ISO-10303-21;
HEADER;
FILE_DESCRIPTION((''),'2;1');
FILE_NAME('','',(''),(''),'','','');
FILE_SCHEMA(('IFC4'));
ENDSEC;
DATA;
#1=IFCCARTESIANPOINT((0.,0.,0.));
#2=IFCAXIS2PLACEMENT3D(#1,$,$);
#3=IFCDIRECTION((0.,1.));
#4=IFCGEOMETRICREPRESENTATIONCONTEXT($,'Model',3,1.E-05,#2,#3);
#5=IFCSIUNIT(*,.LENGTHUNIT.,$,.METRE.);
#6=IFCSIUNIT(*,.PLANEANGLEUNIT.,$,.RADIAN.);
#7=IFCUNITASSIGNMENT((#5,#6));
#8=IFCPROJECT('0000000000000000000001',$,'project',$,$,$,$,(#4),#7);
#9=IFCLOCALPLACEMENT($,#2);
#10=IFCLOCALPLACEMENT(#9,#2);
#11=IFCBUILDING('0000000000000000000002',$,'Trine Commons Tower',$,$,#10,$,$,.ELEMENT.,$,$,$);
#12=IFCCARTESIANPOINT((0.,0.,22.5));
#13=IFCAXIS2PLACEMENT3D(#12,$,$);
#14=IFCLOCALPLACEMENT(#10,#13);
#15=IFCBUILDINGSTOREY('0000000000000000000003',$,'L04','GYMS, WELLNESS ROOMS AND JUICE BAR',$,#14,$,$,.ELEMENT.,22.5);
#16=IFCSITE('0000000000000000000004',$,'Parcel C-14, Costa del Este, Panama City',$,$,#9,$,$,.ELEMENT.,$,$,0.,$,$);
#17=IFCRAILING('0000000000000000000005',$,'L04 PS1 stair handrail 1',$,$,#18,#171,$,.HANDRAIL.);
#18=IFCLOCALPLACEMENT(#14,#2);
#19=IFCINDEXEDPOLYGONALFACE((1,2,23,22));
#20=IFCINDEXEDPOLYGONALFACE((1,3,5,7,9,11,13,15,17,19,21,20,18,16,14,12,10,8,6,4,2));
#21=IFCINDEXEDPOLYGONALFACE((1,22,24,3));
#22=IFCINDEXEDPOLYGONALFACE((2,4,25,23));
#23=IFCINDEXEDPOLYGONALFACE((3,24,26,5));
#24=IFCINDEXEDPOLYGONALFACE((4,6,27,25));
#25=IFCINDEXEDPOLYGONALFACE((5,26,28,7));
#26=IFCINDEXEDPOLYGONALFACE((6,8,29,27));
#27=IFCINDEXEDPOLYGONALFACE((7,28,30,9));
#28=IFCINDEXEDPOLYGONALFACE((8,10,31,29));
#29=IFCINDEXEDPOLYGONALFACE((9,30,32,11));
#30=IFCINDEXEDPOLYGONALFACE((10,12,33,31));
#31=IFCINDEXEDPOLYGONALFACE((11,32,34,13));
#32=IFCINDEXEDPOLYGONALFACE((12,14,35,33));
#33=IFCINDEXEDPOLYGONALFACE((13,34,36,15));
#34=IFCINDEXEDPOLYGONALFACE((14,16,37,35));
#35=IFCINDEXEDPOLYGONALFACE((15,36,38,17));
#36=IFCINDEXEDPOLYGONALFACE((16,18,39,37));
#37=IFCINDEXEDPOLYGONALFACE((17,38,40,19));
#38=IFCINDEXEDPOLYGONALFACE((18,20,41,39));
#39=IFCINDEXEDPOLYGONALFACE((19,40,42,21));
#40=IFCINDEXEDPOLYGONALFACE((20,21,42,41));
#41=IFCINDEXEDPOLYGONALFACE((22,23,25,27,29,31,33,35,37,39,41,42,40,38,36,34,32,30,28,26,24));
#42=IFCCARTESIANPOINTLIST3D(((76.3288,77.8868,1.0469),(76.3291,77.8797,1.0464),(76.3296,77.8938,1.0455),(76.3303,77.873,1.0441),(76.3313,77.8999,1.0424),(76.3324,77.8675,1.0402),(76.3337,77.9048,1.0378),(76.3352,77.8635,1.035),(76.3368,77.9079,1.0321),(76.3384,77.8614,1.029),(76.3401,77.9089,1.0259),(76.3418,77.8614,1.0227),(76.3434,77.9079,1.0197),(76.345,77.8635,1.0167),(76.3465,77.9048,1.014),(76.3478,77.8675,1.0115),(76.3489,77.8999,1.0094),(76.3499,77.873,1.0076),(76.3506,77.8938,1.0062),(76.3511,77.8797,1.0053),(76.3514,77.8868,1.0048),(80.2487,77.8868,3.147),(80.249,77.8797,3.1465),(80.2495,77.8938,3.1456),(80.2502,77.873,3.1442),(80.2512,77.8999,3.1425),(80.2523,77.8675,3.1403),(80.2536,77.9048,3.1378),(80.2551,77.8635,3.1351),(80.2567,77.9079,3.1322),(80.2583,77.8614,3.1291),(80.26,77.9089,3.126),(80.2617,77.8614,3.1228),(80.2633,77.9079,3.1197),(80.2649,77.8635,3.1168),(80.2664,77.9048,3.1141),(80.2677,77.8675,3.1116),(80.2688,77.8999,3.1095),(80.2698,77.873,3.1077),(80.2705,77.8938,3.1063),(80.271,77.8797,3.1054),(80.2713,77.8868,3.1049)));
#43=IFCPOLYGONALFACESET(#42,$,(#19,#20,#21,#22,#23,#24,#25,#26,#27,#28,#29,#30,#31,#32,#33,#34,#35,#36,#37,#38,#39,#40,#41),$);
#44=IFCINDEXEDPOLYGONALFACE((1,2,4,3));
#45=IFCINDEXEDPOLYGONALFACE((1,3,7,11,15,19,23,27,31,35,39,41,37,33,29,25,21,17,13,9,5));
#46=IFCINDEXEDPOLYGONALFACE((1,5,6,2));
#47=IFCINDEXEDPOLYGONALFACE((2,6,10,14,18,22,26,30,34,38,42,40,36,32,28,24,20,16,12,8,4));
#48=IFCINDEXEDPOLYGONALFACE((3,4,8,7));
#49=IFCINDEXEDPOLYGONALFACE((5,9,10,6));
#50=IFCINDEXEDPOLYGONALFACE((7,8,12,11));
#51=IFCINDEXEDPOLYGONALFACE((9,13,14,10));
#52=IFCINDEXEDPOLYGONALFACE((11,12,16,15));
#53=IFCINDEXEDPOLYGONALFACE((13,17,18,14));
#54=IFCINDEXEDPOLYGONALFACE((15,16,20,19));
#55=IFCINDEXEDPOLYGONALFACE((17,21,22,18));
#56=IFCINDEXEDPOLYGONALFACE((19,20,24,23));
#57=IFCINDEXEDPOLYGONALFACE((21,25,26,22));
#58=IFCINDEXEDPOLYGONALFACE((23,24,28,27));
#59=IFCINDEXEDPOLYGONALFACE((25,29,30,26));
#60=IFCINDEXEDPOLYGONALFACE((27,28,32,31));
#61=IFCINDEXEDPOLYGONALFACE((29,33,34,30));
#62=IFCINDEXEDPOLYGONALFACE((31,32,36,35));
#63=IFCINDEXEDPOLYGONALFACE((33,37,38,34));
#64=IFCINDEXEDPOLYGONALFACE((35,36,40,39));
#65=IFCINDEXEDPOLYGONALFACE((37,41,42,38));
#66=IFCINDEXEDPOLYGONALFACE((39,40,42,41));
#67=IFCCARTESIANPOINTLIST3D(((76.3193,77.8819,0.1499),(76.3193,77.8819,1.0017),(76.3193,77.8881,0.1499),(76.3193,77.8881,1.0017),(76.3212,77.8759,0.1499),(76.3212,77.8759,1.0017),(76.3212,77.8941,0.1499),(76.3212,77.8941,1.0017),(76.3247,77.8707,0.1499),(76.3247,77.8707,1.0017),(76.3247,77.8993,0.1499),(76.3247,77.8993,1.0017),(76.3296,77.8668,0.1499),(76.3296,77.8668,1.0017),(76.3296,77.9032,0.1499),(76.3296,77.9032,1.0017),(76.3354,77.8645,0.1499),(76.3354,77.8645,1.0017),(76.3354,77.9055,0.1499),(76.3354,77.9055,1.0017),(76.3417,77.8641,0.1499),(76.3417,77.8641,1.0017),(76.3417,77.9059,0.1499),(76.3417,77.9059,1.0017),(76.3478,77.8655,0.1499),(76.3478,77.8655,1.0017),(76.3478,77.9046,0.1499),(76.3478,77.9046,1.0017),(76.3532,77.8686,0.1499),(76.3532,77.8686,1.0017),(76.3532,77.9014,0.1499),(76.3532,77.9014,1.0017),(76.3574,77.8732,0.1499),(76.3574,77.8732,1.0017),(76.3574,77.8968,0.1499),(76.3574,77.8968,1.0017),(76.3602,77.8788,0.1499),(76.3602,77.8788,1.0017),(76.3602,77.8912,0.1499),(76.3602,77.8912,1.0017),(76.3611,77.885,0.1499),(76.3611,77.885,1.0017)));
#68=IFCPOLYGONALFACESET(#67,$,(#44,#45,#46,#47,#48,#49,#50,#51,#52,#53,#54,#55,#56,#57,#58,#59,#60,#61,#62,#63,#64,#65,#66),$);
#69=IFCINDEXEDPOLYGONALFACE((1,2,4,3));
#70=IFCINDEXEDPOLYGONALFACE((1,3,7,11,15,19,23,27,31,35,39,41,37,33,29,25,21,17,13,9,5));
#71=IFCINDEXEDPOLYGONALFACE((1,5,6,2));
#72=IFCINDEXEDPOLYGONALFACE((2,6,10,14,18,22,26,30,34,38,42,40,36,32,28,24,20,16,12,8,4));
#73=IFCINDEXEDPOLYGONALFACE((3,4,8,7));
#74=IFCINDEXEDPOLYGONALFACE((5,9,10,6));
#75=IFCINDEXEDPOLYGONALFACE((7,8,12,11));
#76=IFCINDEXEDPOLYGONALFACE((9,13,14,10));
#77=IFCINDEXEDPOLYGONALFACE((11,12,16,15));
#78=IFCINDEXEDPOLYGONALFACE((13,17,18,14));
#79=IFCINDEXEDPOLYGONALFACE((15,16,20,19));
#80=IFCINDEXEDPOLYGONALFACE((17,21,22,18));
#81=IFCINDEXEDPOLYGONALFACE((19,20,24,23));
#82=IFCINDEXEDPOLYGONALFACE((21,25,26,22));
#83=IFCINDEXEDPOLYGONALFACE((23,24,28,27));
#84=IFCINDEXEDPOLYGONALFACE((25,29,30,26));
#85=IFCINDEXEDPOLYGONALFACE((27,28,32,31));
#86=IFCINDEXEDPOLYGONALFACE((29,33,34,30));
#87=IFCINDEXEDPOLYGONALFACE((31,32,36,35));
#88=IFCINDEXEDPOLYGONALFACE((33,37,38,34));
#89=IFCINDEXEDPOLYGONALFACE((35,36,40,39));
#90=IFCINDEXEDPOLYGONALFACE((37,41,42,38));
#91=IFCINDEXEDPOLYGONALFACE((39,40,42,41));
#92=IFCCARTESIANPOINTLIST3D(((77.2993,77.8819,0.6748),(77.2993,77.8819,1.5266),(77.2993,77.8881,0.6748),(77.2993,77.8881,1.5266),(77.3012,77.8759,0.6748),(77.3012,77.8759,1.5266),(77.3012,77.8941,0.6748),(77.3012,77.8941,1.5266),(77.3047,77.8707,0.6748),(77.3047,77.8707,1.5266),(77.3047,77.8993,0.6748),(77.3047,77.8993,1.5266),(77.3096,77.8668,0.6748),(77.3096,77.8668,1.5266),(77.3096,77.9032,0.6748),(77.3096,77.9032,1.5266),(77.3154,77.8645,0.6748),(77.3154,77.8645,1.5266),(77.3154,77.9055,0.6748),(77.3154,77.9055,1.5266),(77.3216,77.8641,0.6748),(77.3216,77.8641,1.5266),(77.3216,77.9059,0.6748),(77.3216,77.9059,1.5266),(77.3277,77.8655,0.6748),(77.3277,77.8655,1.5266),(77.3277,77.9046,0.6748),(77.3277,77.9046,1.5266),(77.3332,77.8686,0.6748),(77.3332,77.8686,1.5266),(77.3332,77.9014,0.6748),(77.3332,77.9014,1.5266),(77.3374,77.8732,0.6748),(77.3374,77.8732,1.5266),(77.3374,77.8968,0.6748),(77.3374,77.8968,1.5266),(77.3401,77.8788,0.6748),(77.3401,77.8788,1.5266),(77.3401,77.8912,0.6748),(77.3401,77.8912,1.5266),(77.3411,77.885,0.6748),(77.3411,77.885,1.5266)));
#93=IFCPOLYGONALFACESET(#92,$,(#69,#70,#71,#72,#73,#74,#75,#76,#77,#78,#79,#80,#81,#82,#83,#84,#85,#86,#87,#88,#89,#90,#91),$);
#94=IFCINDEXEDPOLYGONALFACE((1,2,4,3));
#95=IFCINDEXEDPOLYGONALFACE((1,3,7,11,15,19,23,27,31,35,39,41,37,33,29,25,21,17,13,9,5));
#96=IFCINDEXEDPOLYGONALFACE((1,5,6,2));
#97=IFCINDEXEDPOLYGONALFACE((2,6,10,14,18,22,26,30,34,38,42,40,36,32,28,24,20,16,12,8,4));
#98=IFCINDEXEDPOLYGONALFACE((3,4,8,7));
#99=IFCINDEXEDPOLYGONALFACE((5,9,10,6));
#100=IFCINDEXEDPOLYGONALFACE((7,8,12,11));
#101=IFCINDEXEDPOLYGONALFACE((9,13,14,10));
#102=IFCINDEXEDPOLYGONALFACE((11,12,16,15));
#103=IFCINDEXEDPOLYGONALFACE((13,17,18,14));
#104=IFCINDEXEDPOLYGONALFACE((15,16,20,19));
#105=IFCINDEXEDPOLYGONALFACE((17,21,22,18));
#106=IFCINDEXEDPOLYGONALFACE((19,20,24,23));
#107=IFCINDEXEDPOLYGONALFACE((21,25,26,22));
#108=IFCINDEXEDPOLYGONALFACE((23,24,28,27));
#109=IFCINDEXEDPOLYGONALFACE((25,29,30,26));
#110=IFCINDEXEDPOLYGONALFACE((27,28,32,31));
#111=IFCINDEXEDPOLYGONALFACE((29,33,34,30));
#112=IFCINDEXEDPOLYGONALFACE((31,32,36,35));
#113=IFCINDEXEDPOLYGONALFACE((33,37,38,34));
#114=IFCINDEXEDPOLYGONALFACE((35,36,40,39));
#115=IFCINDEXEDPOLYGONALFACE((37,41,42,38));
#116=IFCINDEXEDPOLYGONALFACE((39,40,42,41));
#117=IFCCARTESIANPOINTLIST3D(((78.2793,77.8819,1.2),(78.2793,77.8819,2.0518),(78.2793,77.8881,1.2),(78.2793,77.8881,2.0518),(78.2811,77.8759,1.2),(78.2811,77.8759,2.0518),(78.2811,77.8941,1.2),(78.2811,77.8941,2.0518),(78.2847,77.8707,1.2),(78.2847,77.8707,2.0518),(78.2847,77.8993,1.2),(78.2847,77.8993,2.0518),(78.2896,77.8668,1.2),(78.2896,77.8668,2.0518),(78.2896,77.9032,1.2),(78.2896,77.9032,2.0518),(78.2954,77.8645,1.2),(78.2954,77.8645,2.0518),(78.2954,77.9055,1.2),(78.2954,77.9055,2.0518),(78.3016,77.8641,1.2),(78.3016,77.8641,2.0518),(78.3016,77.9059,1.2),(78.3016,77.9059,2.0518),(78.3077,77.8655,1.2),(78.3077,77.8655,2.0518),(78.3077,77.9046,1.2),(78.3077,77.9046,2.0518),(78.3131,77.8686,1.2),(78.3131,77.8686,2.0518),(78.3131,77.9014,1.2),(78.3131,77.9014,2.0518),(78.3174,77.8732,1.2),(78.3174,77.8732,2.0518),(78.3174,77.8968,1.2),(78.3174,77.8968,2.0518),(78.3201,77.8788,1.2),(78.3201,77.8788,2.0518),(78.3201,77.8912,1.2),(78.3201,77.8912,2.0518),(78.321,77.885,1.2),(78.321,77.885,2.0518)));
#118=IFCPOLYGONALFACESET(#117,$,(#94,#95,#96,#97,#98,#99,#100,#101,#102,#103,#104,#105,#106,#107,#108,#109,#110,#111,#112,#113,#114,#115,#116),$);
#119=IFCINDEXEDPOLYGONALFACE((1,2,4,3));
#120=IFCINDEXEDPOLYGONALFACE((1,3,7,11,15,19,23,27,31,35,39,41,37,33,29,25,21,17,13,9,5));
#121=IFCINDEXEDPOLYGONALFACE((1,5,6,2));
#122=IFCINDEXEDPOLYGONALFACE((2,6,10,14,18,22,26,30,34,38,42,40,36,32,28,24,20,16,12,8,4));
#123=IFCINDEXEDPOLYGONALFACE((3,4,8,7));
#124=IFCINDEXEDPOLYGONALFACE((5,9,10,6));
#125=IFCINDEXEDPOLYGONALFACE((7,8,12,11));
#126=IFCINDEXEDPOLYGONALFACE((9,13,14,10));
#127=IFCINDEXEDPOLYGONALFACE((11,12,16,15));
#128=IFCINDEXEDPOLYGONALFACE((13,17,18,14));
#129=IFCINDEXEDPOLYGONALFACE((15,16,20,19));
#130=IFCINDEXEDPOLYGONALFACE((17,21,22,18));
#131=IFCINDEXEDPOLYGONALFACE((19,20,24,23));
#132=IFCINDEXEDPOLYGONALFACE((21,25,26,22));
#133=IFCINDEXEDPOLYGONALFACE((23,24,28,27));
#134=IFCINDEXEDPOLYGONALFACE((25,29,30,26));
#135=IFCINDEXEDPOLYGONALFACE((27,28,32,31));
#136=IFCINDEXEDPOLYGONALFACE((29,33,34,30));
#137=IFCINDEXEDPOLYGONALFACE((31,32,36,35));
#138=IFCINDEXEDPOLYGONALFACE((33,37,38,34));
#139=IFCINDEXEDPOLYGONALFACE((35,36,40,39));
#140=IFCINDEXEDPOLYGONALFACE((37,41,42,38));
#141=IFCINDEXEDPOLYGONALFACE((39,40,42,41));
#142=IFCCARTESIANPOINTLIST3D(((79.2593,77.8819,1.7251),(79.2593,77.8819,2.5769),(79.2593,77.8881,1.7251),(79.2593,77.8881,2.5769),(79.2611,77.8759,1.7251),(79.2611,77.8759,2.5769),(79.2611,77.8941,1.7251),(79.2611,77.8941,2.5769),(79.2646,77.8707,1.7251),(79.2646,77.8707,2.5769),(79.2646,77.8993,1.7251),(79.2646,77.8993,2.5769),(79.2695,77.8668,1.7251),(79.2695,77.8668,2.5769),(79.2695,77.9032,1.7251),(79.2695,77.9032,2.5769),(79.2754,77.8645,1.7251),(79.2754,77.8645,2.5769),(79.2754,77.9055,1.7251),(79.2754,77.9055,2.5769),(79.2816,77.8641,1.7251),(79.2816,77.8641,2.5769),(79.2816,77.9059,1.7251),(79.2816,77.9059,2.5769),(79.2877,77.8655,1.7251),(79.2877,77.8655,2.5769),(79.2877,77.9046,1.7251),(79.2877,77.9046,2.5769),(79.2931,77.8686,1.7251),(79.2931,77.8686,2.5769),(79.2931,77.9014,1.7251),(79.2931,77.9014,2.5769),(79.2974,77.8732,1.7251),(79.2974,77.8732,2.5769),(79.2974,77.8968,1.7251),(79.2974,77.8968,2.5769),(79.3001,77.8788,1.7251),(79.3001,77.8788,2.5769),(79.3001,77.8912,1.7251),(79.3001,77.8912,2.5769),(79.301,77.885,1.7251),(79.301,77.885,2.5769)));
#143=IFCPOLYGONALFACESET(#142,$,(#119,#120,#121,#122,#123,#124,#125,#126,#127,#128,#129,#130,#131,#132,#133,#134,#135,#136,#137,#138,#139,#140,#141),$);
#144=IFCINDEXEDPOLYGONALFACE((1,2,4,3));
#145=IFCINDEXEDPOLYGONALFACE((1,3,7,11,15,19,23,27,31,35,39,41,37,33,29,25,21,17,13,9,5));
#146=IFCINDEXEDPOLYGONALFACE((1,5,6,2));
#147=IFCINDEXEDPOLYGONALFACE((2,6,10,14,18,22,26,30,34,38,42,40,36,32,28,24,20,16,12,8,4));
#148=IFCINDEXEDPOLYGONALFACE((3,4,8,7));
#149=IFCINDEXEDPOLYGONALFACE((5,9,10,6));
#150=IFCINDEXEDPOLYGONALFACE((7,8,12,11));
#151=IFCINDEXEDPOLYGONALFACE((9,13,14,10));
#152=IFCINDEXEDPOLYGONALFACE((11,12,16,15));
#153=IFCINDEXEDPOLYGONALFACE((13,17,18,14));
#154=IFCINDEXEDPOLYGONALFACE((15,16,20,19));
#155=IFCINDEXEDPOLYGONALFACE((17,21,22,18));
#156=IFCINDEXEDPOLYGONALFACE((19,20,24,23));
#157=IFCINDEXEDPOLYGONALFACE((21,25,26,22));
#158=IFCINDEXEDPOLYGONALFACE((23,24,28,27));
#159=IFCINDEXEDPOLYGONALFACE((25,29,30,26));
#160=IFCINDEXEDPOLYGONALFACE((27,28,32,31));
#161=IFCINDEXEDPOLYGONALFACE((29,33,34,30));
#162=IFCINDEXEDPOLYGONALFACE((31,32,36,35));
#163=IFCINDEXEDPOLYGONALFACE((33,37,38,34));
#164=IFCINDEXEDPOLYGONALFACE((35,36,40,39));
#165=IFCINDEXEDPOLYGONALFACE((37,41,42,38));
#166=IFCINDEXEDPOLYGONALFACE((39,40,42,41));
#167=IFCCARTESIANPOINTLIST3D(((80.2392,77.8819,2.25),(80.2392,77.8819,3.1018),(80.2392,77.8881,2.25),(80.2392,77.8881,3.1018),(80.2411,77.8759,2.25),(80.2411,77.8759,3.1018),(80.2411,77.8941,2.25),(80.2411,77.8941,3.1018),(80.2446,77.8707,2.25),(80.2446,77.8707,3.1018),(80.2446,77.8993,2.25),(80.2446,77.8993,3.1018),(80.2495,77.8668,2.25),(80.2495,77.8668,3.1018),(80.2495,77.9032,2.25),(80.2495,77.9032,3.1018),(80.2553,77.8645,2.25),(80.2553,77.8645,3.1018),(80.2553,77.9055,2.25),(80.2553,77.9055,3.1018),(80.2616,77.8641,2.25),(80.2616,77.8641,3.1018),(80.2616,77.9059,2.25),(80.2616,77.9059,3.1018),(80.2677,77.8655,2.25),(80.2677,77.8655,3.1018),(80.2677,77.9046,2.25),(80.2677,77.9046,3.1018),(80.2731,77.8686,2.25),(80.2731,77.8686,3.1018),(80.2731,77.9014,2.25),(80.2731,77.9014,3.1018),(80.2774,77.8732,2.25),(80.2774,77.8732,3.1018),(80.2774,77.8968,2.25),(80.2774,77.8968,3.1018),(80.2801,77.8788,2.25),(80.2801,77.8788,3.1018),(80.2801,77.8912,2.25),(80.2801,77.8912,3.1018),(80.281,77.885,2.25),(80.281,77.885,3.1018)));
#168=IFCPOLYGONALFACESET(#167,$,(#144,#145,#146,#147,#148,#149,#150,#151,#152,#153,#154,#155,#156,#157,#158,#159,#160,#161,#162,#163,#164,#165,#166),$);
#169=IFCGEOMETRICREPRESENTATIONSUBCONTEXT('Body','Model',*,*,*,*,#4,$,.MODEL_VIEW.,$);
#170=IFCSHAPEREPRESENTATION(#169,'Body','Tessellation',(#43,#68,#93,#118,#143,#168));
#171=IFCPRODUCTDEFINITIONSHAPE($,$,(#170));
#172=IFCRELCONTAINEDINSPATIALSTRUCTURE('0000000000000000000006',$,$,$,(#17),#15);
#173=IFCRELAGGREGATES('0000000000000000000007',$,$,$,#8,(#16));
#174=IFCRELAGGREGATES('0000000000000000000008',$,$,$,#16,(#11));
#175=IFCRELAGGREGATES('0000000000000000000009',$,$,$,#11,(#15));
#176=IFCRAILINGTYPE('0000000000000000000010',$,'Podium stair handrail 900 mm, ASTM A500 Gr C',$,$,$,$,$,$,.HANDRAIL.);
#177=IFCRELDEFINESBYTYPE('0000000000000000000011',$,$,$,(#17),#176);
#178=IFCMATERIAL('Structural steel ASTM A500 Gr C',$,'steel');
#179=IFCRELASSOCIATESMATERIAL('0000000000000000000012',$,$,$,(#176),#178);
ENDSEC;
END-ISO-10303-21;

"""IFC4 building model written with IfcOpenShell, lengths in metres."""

from ifc_helpers import new_model, si_unit, direction, frame, origin, origin_2d, place, context, subcontext, project, spatial, circle, extrude, material, type_object, element, save


model = new_model("IFC4")

# Units and contexts
model_context = context("Model", 3, precision=1e-05, world=origin(), true_north=direction((0.0, 1.0)))
body_context = subcontext(model_context, "Body", "Model", "MODEL_VIEW")
ifc_project = project(units=[si_unit("LENGTHUNIT", "METRE"), si_unit("PLANEANGLEUNIT", "RADIAN")], contexts=[model_context])

# Site, building, storey
site_placement = place(None, origin())
site = spatial("IfcSite", under=ifc_project, at=site_placement, Name="Parcel C-14, Costa del Este, Panama City", CompositionType="ELEMENT", RefElevation=0.0)
building_placement = place(site_placement, origin())
building = spatial("IfcBuilding", under=site, at=building_placement, Name="Trine Commons Tower", CompositionType="ELEMENT")
storey_placement = place(building_placement, frame((0.0, 0.0, 22.5)))
storey = spatial("IfcBuildingStorey", under=building, at=storey_placement, Name="L04", Description="GYMS, WELLNESS ROOMS AND JUICE BAR", CompositionType="ELEMENT", Elevation=22.5)

# Railing
ifc_material_1 = material(Name="Structural steel ASTM A500 Gr C", Category="steel")
railing_type_1 = type_object("IfcRailingType", Name="Podium stair handrail 900 mm, ASTM A500 Gr C", PredefinedType="HANDRAIL", material=ifc_material_1)
railing_1_placement = place(storey_placement, frame((76.3401, 77.885, 0.1499)))
element("IfcRailing", 1, at=railing_1_placement, inside=storey, type_object=railing_type_1, Name="L04 PS1 stair handrail 1", PredefinedType="HANDRAIL", context=body_context, shape_type="SweptSolid", body=[
    extrude(circle(Radius=0.0239, at=origin_2d()), frame((0.0, 0.0, 0.876), z_axis=(0.881467, 0.0, 0.472246), x_axis=(0.0, 1.0, 0.0)), (0.0, 0.0, 1.0), 4.447),
    extrude(circle(Radius=0.021, at=origin_2d()), origin(), (0.0, 0.0, 1.0), 0.8518),
    extrude(circle(Radius=0.021, at=origin_2d()), frame((0.98, 0.0, 0.5249)), (0.0, 0.0, 1.0), 0.8518),
    extrude(circle(Radius=0.021, at=origin_2d()), frame((1.96, 0.0, 1.05)), (0.0, 0.0, 1.0), 0.8518),
    extrude(circle(Radius=0.021, at=origin_2d()), frame((2.9399, 0.0, 1.5752)), (0.0, 0.0, 1.0), 0.8518),
    extrude(circle(Radius=0.021, at=origin_2d()), frame((3.9199, 0.0, 2.1001)), (0.0, 0.0, 1.0), 0.8518),
])

save(model, "model.ifc")
